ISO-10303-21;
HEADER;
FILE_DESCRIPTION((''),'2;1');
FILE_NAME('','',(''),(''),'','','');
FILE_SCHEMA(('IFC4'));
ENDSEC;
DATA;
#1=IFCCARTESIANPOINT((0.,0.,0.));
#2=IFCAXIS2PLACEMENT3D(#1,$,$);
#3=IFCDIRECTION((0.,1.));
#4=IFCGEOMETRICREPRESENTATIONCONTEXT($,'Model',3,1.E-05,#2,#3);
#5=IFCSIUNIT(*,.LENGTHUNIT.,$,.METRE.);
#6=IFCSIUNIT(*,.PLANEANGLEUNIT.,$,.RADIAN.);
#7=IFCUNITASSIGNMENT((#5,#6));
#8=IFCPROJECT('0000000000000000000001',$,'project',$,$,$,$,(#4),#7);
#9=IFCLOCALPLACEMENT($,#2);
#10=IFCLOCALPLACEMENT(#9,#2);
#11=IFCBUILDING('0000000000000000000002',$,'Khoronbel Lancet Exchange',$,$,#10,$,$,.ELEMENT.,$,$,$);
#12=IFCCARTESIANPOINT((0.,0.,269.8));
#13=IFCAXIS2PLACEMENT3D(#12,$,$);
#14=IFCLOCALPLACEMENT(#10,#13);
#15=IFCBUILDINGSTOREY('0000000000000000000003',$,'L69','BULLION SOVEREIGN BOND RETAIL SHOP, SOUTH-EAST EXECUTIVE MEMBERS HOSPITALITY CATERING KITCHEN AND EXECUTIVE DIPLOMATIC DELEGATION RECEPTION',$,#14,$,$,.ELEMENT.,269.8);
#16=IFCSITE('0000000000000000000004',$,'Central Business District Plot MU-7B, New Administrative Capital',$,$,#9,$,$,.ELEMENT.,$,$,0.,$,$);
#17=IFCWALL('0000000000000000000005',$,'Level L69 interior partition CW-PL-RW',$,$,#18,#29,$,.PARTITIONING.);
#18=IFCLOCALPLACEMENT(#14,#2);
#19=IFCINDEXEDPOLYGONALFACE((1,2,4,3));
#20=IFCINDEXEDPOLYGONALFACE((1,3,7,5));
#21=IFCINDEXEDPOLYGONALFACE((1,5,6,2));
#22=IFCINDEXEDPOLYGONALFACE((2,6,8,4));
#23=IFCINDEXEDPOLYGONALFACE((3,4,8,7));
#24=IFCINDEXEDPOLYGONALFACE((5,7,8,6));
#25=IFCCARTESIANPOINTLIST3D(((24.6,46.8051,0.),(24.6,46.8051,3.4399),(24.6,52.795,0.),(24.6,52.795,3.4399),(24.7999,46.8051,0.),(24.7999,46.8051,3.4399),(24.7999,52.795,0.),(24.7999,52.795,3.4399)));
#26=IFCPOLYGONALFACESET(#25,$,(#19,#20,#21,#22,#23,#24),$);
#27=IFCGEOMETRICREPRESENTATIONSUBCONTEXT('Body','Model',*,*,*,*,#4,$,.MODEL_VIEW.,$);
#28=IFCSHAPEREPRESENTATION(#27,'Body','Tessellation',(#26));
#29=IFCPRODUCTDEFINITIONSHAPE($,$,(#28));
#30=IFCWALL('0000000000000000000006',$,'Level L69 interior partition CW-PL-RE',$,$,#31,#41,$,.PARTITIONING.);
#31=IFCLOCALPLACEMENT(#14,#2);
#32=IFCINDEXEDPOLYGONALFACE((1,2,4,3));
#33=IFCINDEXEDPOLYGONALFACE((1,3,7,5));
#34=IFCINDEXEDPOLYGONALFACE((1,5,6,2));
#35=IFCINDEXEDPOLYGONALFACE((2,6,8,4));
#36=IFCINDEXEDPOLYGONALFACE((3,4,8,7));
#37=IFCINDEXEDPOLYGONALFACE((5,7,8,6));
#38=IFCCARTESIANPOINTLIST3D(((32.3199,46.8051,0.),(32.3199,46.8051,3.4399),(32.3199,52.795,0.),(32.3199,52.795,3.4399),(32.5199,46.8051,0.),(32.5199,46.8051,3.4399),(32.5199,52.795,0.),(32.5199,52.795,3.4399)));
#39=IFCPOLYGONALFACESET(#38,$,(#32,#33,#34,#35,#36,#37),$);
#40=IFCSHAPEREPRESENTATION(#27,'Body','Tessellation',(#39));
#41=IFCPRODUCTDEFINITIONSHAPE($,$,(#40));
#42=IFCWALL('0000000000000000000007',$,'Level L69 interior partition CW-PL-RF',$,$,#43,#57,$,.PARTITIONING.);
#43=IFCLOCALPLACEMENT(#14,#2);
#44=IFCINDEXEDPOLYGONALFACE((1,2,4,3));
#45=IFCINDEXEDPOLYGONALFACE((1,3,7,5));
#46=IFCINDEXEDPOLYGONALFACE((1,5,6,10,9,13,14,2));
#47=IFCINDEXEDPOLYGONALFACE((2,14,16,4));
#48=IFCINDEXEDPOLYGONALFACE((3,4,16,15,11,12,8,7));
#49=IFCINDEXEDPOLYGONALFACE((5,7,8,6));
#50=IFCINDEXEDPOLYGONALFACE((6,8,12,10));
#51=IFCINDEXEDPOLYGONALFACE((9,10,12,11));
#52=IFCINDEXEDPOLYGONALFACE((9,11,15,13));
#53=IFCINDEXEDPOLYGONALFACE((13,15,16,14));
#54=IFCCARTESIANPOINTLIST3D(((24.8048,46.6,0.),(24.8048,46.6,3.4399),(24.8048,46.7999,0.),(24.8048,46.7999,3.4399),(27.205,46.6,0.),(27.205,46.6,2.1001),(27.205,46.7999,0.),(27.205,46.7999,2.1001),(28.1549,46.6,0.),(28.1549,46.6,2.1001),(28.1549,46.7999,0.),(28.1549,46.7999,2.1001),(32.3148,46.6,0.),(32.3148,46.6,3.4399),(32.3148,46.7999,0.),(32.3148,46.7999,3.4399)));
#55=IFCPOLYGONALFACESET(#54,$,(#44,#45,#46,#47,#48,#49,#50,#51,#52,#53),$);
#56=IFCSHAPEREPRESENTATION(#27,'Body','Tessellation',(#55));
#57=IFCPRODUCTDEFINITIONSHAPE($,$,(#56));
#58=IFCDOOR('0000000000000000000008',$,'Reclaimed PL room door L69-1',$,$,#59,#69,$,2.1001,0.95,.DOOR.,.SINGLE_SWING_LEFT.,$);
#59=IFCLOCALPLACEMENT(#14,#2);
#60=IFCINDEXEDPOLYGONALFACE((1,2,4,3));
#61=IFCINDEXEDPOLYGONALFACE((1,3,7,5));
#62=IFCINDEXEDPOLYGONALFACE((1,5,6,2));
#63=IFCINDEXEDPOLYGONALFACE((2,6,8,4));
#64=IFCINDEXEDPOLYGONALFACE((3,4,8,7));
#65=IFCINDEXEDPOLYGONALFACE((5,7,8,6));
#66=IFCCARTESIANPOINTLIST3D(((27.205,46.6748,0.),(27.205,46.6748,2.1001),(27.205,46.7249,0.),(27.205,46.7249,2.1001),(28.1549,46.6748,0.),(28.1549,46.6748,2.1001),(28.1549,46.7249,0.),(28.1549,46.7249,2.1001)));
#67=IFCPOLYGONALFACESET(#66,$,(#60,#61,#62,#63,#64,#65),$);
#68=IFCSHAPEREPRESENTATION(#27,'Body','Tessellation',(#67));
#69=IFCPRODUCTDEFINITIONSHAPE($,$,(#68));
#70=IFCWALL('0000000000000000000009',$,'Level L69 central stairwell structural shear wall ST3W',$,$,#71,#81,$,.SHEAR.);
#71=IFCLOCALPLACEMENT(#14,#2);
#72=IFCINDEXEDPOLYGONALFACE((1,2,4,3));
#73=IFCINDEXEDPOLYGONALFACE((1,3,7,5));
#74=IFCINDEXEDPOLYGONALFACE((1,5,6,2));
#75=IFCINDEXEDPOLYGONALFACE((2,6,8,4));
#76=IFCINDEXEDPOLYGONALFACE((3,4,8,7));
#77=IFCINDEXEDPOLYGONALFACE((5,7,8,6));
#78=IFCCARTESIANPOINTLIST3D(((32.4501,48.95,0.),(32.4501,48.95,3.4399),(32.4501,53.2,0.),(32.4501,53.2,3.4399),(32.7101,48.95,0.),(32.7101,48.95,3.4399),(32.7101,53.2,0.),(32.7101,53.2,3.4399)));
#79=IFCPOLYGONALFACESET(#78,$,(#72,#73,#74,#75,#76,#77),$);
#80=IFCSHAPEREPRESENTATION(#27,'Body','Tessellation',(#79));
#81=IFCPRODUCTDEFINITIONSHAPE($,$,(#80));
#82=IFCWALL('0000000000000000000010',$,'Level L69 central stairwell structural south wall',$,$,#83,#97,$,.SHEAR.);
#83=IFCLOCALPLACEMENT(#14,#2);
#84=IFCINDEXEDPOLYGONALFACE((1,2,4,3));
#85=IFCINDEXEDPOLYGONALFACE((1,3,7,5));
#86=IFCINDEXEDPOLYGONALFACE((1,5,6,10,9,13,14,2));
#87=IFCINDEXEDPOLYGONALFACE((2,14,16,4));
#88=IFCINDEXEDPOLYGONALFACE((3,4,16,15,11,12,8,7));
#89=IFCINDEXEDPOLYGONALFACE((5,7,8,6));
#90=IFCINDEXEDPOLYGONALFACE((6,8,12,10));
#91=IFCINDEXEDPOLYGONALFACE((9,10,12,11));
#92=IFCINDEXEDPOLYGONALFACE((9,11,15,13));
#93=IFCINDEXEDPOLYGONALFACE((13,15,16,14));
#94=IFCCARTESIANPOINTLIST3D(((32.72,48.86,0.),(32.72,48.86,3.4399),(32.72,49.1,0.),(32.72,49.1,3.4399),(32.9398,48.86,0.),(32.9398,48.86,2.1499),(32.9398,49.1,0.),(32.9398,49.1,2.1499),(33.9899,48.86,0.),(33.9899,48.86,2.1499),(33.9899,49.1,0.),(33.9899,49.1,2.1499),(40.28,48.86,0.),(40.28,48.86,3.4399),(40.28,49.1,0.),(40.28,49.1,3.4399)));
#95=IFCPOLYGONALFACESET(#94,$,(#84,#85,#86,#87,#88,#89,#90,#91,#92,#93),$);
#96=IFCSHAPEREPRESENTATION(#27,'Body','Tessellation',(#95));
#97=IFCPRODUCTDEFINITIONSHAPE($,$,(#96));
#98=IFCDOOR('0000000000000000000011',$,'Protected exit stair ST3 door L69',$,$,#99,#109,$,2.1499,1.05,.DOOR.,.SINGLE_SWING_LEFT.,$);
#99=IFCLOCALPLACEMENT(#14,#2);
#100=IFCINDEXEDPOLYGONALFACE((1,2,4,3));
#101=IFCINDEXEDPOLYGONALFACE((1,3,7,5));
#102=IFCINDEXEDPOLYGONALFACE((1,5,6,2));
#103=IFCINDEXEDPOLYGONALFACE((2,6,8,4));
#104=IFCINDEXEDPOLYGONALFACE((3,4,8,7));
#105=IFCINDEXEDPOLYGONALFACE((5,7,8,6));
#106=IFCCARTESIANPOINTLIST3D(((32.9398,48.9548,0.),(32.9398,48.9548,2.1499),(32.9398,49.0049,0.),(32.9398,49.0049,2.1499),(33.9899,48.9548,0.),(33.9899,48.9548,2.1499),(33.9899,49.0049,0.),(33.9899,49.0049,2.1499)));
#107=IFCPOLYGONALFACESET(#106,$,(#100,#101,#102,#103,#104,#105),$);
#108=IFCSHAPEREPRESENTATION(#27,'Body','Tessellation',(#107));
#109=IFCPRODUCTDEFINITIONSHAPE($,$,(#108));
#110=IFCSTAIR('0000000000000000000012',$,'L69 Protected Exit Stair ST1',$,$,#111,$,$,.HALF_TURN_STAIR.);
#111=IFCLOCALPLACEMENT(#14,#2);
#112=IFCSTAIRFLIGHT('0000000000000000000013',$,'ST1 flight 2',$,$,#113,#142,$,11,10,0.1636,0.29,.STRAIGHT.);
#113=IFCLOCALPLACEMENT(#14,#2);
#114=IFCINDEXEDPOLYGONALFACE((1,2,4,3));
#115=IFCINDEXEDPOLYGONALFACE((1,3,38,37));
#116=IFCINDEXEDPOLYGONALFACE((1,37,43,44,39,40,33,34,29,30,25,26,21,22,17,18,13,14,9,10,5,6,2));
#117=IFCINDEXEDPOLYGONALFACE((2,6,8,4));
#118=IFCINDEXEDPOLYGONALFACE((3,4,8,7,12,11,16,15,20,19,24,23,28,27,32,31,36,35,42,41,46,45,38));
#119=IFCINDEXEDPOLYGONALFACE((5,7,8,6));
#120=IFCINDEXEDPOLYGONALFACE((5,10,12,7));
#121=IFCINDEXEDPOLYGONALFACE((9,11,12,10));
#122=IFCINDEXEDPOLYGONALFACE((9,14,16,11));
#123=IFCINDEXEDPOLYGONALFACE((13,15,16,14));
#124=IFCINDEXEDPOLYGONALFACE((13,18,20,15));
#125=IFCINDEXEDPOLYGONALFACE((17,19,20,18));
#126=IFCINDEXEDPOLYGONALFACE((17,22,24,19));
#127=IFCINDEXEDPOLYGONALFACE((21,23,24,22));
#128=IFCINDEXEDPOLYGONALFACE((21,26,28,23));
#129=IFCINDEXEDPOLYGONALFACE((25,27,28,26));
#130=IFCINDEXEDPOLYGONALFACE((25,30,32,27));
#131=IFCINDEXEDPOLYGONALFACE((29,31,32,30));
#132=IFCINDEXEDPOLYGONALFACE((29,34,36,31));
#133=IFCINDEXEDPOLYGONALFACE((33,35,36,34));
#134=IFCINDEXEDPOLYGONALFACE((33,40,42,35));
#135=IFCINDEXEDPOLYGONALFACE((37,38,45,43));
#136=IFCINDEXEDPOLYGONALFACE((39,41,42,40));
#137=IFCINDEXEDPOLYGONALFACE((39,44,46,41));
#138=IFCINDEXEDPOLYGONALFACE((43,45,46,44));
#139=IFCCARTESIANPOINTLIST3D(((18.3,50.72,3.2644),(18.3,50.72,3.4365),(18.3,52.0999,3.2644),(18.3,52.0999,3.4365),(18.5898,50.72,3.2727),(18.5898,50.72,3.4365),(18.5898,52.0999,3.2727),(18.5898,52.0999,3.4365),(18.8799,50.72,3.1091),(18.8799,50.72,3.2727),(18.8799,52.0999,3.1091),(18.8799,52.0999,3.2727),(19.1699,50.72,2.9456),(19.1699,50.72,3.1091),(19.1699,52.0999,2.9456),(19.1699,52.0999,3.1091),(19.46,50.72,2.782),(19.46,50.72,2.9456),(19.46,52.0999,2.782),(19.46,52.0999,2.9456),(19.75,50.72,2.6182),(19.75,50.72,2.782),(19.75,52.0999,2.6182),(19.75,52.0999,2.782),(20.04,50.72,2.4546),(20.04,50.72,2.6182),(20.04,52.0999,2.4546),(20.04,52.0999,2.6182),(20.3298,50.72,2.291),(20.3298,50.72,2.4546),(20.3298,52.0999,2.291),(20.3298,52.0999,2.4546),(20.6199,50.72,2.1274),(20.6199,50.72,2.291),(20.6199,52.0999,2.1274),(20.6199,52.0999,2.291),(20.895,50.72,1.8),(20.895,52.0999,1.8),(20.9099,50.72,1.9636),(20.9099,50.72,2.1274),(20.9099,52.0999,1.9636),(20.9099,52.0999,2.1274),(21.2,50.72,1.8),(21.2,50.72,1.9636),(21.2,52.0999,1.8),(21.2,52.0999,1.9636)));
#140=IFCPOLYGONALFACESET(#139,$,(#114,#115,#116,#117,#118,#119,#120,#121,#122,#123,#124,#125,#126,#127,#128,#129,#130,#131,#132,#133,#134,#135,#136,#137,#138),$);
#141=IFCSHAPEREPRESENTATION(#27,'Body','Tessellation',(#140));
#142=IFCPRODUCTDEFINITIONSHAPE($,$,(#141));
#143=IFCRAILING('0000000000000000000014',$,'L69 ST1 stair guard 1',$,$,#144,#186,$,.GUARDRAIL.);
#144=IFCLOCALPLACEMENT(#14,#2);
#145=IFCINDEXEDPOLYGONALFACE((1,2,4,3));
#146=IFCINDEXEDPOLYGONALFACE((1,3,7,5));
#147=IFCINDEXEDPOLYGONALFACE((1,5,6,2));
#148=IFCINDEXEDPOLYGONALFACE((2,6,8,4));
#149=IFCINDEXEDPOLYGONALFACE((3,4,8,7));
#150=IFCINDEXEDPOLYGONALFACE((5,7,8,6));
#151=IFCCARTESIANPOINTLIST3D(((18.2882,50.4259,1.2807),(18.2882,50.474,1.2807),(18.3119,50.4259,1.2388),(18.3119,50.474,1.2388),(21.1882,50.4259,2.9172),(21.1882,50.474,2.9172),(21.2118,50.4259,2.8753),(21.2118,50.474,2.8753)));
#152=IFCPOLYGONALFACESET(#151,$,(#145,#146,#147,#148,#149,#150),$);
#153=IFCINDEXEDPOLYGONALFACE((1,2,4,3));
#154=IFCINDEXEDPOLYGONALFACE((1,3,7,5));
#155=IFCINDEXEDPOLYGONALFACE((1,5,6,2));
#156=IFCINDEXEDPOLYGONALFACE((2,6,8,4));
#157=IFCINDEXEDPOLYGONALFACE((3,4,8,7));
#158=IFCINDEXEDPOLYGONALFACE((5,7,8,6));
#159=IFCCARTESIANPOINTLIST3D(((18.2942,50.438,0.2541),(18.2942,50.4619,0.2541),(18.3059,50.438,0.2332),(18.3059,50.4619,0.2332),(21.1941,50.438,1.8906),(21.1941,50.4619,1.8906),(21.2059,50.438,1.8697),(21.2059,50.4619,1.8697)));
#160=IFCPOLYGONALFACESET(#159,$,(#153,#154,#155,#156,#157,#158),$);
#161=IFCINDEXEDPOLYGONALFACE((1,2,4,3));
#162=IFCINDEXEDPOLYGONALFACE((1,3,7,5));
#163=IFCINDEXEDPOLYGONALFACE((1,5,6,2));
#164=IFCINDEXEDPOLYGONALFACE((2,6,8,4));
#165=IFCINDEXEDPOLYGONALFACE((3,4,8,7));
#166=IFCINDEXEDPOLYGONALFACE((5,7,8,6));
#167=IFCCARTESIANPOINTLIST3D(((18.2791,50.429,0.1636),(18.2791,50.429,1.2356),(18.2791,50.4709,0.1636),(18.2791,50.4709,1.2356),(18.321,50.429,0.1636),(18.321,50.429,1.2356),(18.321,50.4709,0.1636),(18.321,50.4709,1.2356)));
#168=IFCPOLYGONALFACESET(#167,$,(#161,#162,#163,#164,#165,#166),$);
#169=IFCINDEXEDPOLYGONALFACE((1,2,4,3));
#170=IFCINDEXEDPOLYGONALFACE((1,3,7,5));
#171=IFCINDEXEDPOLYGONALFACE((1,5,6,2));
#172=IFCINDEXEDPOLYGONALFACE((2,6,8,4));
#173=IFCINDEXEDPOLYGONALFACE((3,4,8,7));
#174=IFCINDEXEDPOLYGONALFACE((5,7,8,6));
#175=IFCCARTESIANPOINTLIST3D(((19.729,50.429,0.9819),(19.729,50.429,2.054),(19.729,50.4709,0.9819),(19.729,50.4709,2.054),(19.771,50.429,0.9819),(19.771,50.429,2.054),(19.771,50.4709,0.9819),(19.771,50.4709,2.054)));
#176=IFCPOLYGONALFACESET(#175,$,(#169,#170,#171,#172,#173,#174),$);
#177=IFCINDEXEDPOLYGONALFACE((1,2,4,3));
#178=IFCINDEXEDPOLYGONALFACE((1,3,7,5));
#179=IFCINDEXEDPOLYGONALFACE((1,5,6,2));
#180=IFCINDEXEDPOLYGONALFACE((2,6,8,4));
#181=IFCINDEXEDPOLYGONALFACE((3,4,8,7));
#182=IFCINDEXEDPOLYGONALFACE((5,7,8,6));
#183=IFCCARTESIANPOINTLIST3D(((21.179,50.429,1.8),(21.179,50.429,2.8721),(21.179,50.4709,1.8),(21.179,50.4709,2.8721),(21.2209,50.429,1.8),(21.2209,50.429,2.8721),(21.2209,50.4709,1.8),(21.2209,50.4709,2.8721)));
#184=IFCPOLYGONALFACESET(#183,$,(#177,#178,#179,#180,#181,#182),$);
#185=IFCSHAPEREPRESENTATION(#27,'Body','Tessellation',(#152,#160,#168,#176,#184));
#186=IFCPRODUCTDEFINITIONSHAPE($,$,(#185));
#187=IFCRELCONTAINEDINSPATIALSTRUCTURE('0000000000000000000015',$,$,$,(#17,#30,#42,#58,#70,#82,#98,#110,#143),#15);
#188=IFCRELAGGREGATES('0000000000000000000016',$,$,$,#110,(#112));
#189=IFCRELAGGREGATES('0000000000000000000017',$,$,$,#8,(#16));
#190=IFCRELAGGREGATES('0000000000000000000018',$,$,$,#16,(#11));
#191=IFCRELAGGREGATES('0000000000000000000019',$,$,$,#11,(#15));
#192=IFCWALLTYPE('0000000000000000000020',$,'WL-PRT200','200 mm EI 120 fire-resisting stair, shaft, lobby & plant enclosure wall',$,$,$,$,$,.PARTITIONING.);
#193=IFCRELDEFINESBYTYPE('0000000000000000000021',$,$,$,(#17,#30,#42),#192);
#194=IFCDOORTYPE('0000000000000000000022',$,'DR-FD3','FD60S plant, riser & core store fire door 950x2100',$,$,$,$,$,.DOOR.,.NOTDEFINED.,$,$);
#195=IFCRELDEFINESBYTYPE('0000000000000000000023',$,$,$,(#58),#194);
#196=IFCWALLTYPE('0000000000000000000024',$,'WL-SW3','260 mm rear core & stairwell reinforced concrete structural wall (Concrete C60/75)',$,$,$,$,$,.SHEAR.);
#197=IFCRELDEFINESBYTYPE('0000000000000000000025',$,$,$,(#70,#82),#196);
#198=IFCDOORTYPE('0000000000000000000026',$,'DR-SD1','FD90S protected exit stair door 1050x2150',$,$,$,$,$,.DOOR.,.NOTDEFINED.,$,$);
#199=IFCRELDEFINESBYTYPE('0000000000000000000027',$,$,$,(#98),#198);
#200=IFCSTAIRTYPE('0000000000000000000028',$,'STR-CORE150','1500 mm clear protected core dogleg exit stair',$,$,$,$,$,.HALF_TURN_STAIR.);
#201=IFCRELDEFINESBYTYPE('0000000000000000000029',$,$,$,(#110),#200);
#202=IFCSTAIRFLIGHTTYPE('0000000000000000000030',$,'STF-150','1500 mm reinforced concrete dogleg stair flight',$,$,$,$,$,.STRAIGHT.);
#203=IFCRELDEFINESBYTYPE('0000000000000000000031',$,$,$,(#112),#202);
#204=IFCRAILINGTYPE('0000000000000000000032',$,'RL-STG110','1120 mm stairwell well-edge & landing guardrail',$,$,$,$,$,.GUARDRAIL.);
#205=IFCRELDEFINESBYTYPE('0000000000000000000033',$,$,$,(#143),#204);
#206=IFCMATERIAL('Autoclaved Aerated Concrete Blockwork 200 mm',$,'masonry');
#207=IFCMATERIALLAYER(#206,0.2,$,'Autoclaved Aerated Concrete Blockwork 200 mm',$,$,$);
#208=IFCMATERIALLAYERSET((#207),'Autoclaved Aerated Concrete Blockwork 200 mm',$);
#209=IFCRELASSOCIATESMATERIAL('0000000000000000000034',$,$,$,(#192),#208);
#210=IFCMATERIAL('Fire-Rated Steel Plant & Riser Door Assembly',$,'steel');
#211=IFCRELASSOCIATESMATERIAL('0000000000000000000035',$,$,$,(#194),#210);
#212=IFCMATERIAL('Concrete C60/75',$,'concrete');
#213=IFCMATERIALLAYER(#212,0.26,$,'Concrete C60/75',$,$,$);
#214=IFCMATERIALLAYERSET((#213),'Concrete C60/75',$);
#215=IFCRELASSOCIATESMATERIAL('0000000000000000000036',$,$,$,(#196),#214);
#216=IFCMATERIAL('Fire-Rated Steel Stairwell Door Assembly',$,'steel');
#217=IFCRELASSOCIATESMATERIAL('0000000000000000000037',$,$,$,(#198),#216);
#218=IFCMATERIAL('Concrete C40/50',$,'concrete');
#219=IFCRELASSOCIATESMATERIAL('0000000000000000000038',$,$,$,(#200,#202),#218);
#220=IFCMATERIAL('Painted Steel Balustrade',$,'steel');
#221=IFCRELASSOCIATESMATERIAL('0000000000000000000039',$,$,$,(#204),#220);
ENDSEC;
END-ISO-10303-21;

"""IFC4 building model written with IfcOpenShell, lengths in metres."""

from ifc_helpers import new_model, si_unit, direction, frame, frame_2d, origin, origin_2d, place, context, subcontext, project, spatial, polyline, rectangle, outline, extrude, material, layer, layer_set, type_object, element, fill, aggregate, save


model = new_model("IFC4")

# Units and contexts
model_context = context("Model", 3, precision=1e-05, world=origin(), true_north=direction((0.0, 1.0)))
body_context = subcontext(model_context, "Body", "Model", "MODEL_VIEW")
ifc_project = project(units=[si_unit("LENGTHUNIT", "METRE"), si_unit("PLANEANGLEUNIT", "RADIAN")], contexts=[model_context])

# Site, building, storey
site_placement = place(None, origin())
site = spatial("IfcSite", under=ifc_project, at=site_placement, Name="Central Business District Plot MU-7B, New Administrative Capital", CompositionType="ELEMENT", RefElevation=0.0)
building_placement = place(site_placement, origin())
building = spatial("IfcBuilding", under=site, at=building_placement, Name="Khoronbel Lancet Exchange", CompositionType="ELEMENT")
storey_placement = place(building_placement, frame((0.0, 0.0, 269.8)))
storey = spatial("IfcBuildingStorey", under=building, at=storey_placement, Name="L69", Description="BULLION SOVEREIGN BOND RETAIL SHOP, SOUTH-EAST EXECUTIVE MEMBERS HOSPITALITY CATERING KITCHEN AND EXECUTIVE DIPLOMATIC DELEGATION RECEPTION", CompositionType="ELEMENT", Elevation=269.8)

# Shared definitions
ifc_material_1 = material(Name="Autoclaved Aerated Concrete Blockwork 200 mm", Category="masonry")
ifc_layer_1 = layer(ifc_material_1, 0.2, Name="Autoclaved Aerated Concrete Blockwork 200 mm")
ifc_layer_set_1 = layer_set([ifc_layer_1], Name="Autoclaved Aerated Concrete Blockwork 200 mm")
wall_type_1 = type_object("IfcWallType", Name="WL-PRT200", Description="200 mm EI 120 fire-resisting stair, shaft, lobby & plant enclosure wall", PredefinedType="PARTITIONING", material=ifc_layer_set_1)

# Walls
for number, where, z_axis, x_axis, name in (
    (1, (24.7, 46.8049, 0.0), (0.0, 0.0, 1.0), (0.0, 1.0, 0.0), "Level L69 interior partition CW-PL-RW"),
    (2, (32.4199, 46.8049, 0.0), (0.0, 0.0, 1.0), (0.0, 1.0, 0.0), "Level L69 interior partition CW-PL-RE"),
):
    element("IfcWall", number, at=place(storey_placement, frame(where, z_axis=z_axis, x_axis=x_axis)), inside=storey, type_object=wall_type_1, Name=name, PredefinedType="PARTITIONING", context=body_context, shape_type="SweptSolid", body=[
        extrude(rectangle(XDim=5.99, YDim=0.2, at=frame_2d((2.9951, 0.0))), origin(), (0.0, 0.0, 1.0), 3.4399),
    ])

# Wall, opening, door
wall_1_placement = place(storey_placement, frame((24.8049, 46.7, 0.0), z_axis=(0.0, 0.0, 1.0), x_axis=(1.0, 0.0, 0.0)))
wall_1 = element("IfcWall", 3, at=wall_1_placement, inside=storey, type_object=wall_type_1, Name="Level L69 interior partition CW-PL-RF", PredefinedType="PARTITIONING", context=body_context, shape_type="SweptSolid", body=[
    extrude(rectangle(XDim=7.51, YDim=0.2, at=frame_2d((3.7549, 0.0))), origin(), (0.0, 0.0, 1.0), 3.4399),
])
opening_1_placement = place(wall_1_placement, frame((2.3999, 0.0, 0.0)))
opening_1 = element("IfcOpeningElement", 4, at=opening_1_placement, cuts=wall_1, PredefinedType="OPENING", context=body_context, shape_type="SweptSolid", body=[
    extrude(rectangle(XDim=0.95, YDim=2.1001, at=frame_2d((0.4751, 1.05))), frame((0.0, 0.1099, 0.0), z_axis=(0.0, -1.0, 0.0), x_axis=(1.0, 0.0, 0.0)), (0.0, 0.0, 1.0), 0.22),
])
ifc_material_2 = material(Name="Fire-Rated Steel Plant & Riser Door Assembly", Category="steel")
door_type_1 = type_object("IfcDoorType", Name="DR-FD3", Description="FD60S plant, riser & core store fire door 950x2100", OperationType="NOTDEFINED", PredefinedType="DOOR", material=ifc_material_2)
door_1_placement = place(opening_1_placement, origin())
door_1 = element("IfcDoor", 5, at=door_1_placement, inside=storey, type_object=door_type_1, Name="Reclaimed PL room door L69-1", OperationType="SINGLE_SWING_LEFT", OverallHeight=2.1001, OverallWidth=0.95, PredefinedType="DOOR", context=body_context, shape_type="SweptSolid", body=[
    extrude(rectangle(XDim=0.95, YDim=2.1001, at=frame_2d((0.4751, 1.05))), frame((0.0, 0.0249, 0.0), z_axis=(0.0, -1.0, 0.0), x_axis=(1.0, 0.0, 0.0)), (0.0, 0.0, 1.0), 0.05),
])
fill(opening_1, door_1)

# Wall
ifc_material_3 = material(Name="Concrete C60/75", Category="concrete")
ifc_layer_2 = layer(ifc_material_3, 0.26, Name="Concrete C60/75")
ifc_layer_set_2 = layer_set([ifc_layer_2], Name="Concrete C60/75")
wall_type_2 = type_object("IfcWallType", Name="WL-SW3", Description="260 mm rear core & stairwell reinforced concrete structural wall (Concrete C60/75)", PredefinedType="SHEAR", material=ifc_layer_set_2)
wall_2_placement = place(storey_placement, frame((32.5801, 48.95, 0.0), z_axis=(0.0, 0.0, 1.0), x_axis=(0.0, 1.0, 0.0)))
element("IfcWall", 6, at=wall_2_placement, inside=storey, type_object=wall_type_2, Name="Level L69 central stairwell structural shear wall ST3W", PredefinedType="SHEAR", context=body_context, shape_type="SweptSolid", body=[
    extrude(rectangle(XDim=4.25, YDim=0.26, at=frame_2d((2.125, 0.0))), origin(), (0.0, 0.0, 1.0), 3.4399),
])

# Wall, opening, door
wall_3_placement = place(storey_placement, frame((32.72, 48.98, 0.0), z_axis=(0.0, 0.0, 1.0), x_axis=(1.0, 0.0, 0.0)))
wall_3 = element("IfcWall", 7, at=wall_3_placement, inside=storey, type_object=wall_type_2, Name="Level L69 central stairwell structural south wall", PredefinedType="SHEAR", context=body_context, shape_type="SweptSolid", body=[
    extrude(rectangle(XDim=7.5601, YDim=0.24, at=frame_2d((3.78, 0.0))), origin(), (0.0, 0.0, 1.0), 3.4399),
])
opening_2_placement = place(wall_3_placement, frame((0.22, 0.0, 0.0)))
opening_2 = element("IfcOpeningElement", 8, at=opening_2_placement, cuts=wall_3, PredefinedType="OPENING", context=body_context, shape_type="SweptSolid", body=[
    extrude(rectangle(XDim=1.05, YDim=2.1499, at=frame_2d((0.5249, 1.075))), frame((0.0, 0.1299, 0.0), z_axis=(0.0, -1.0, 0.0), x_axis=(1.0, 0.0, 0.0)), (0.0, 0.0, 1.0), 0.26),
])
ifc_material_4 = material(Name="Fire-Rated Steel Stairwell Door Assembly", Category="steel")
door_type_2 = type_object("IfcDoorType", Name="DR-SD1", Description="FD90S protected exit stair door 1050x2150", OperationType="NOTDEFINED", PredefinedType="DOOR", material=ifc_material_4)
door_2_placement = place(opening_2_placement, origin())
door_2 = element("IfcDoor", 9, at=door_2_placement, inside=storey, type_object=door_type_2, Name="Protected exit stair ST3 door L69", OperationType="SINGLE_SWING_LEFT", OverallHeight=2.1499, OverallWidth=1.05, PredefinedType="DOOR", context=body_context, shape_type="SweptSolid", body=[
    extrude(rectangle(XDim=1.05, YDim=2.1499, at=frame_2d((0.5249, 1.075))), frame((0.0, 0.0249, 0.0), z_axis=(0.0, -1.0, 0.0), x_axis=(1.0, 0.0, 0.0)), (0.0, 0.0, 1.0), 0.05),
])
fill(opening_2, door_2)

# Stair, stair flight
ifc_material_5 = material(Name="Concrete C40/50", Category="concrete")
stair_type = type_object("IfcStairType", Name="STR-CORE150", Description="1500 mm clear protected core dogleg exit stair", PredefinedType="HALF_TURN_STAIR", material=ifc_material_5)
stair_placement = place(storey_placement, origin())
stair = element("IfcStair", 10, at=stair_placement, inside=storey, type_object=stair_type, Name="L69 Protected Exit Stair ST1", PredefinedType="HALF_TURN_STAIR")
stair_flight_type = type_object("IfcStairFlightType", Name="STF-150", Description="1500 mm reinforced concrete dogleg stair flight", PredefinedType="STRAIGHT", material=ifc_material_5)
stair_flight_placement = place(storey_placement, frame((21.2, 51.4099, 1.8), z_axis=(0.0, 0.0, 1.0), x_axis=(-1.0, 0.0, 0.0)))
stair_flight = element("IfcStairFlight", 11, at=stair_flight_placement, type_object=stair_flight_type, Name="ST1 flight 2", NumberOfRisers=11, NumberOfTreads=10, PredefinedType="STRAIGHT", RiserHeight=0.1636, TreadLength=0.29, context=body_context, shape_type="SweptSolid", body=[
    extrude(outline(polyline([(0.0, 0.0), (0.0, 0.1636), (0.29, 0.1636), (0.29, 0.3274), (0.5801, 0.3274), (0.5801, 0.491), (0.8701, 0.491), (0.8701, 0.6545), (1.1599, 0.6545), (1.1599, 0.8181), (1.45, 0.8181), (1.45, 0.9819), (1.74, 0.9819), (1.74, 1.1455), (2.03, 1.1455), (2.03, 1.3091), (2.3201, 1.3091), (2.3201, 1.4727), (2.6101, 1.4727), (2.6101, 1.6365), (2.8999, 1.6365), (2.8999, 1.8), (2.8999, 1.4644), (0.3049, 0.0), (0.0, 0.0)])), frame((0.0, 0.6899, 0.0), z_axis=(0.0, -1.0, 0.0), x_axis=(1.0, 0.0, 0.0)), (0.0, 0.0, 1.0), 1.3799),
])
aggregate(stair, [stair_flight])

# Railing
ifc_material_6 = material(Name="Painted Steel Balustrade", Category="steel")
railing_type_1 = type_object("IfcRailingType", Name="RL-STG110", Description="1120 mm stairwell well-edge & landing guardrail", PredefinedType="GUARDRAIL", material=ifc_material_6)
railing_1_placement = place(storey_placement, frame((18.3, 50.45, 0.1636)))
element("IfcRailing", 12, at=railing_1_placement, inside=storey, type_object=railing_type_1, Name="L69 ST1 stair guard 1", PredefinedType="GUARDRAIL", context=body_context, shape_type="SweptSolid", body=[
    extrude(rectangle(XDim=0.0481, YDim=0.0481, at=origin_2d()), frame((0.0, 0.0, 1.0962), z_axis=(0.870897, 0.0, 0.491465), x_axis=(0.0, 1.0, 0.0)), (0.0, 0.0, 1.0), 3.3298),
    extrude(rectangle(XDim=0.0239, YDim=0.0239, at=origin_2d()), frame((0.0, 0.0, 0.0801), z_axis=(0.870897, 0.0, 0.491465), x_axis=(0.0, 1.0, 0.0)), (0.0, 0.0, 1.0), 3.3298),
    extrude(rectangle(XDim=0.042, YDim=0.042, at=origin_2d()), origin(), (0.0, 0.0, 1.0), 1.072),
    extrude(rectangle(XDim=0.042, YDim=0.042, at=origin_2d()), frame((1.45, 0.0, 0.8184)), (0.0, 0.0, 1.0), 1.072),
    extrude(rectangle(XDim=0.042, YDim=0.042, at=origin_2d()), frame((2.8999, 0.0, 1.6365)), (0.0, 0.0, 1.0), 1.072),
])

save(model, "model.ifc")
